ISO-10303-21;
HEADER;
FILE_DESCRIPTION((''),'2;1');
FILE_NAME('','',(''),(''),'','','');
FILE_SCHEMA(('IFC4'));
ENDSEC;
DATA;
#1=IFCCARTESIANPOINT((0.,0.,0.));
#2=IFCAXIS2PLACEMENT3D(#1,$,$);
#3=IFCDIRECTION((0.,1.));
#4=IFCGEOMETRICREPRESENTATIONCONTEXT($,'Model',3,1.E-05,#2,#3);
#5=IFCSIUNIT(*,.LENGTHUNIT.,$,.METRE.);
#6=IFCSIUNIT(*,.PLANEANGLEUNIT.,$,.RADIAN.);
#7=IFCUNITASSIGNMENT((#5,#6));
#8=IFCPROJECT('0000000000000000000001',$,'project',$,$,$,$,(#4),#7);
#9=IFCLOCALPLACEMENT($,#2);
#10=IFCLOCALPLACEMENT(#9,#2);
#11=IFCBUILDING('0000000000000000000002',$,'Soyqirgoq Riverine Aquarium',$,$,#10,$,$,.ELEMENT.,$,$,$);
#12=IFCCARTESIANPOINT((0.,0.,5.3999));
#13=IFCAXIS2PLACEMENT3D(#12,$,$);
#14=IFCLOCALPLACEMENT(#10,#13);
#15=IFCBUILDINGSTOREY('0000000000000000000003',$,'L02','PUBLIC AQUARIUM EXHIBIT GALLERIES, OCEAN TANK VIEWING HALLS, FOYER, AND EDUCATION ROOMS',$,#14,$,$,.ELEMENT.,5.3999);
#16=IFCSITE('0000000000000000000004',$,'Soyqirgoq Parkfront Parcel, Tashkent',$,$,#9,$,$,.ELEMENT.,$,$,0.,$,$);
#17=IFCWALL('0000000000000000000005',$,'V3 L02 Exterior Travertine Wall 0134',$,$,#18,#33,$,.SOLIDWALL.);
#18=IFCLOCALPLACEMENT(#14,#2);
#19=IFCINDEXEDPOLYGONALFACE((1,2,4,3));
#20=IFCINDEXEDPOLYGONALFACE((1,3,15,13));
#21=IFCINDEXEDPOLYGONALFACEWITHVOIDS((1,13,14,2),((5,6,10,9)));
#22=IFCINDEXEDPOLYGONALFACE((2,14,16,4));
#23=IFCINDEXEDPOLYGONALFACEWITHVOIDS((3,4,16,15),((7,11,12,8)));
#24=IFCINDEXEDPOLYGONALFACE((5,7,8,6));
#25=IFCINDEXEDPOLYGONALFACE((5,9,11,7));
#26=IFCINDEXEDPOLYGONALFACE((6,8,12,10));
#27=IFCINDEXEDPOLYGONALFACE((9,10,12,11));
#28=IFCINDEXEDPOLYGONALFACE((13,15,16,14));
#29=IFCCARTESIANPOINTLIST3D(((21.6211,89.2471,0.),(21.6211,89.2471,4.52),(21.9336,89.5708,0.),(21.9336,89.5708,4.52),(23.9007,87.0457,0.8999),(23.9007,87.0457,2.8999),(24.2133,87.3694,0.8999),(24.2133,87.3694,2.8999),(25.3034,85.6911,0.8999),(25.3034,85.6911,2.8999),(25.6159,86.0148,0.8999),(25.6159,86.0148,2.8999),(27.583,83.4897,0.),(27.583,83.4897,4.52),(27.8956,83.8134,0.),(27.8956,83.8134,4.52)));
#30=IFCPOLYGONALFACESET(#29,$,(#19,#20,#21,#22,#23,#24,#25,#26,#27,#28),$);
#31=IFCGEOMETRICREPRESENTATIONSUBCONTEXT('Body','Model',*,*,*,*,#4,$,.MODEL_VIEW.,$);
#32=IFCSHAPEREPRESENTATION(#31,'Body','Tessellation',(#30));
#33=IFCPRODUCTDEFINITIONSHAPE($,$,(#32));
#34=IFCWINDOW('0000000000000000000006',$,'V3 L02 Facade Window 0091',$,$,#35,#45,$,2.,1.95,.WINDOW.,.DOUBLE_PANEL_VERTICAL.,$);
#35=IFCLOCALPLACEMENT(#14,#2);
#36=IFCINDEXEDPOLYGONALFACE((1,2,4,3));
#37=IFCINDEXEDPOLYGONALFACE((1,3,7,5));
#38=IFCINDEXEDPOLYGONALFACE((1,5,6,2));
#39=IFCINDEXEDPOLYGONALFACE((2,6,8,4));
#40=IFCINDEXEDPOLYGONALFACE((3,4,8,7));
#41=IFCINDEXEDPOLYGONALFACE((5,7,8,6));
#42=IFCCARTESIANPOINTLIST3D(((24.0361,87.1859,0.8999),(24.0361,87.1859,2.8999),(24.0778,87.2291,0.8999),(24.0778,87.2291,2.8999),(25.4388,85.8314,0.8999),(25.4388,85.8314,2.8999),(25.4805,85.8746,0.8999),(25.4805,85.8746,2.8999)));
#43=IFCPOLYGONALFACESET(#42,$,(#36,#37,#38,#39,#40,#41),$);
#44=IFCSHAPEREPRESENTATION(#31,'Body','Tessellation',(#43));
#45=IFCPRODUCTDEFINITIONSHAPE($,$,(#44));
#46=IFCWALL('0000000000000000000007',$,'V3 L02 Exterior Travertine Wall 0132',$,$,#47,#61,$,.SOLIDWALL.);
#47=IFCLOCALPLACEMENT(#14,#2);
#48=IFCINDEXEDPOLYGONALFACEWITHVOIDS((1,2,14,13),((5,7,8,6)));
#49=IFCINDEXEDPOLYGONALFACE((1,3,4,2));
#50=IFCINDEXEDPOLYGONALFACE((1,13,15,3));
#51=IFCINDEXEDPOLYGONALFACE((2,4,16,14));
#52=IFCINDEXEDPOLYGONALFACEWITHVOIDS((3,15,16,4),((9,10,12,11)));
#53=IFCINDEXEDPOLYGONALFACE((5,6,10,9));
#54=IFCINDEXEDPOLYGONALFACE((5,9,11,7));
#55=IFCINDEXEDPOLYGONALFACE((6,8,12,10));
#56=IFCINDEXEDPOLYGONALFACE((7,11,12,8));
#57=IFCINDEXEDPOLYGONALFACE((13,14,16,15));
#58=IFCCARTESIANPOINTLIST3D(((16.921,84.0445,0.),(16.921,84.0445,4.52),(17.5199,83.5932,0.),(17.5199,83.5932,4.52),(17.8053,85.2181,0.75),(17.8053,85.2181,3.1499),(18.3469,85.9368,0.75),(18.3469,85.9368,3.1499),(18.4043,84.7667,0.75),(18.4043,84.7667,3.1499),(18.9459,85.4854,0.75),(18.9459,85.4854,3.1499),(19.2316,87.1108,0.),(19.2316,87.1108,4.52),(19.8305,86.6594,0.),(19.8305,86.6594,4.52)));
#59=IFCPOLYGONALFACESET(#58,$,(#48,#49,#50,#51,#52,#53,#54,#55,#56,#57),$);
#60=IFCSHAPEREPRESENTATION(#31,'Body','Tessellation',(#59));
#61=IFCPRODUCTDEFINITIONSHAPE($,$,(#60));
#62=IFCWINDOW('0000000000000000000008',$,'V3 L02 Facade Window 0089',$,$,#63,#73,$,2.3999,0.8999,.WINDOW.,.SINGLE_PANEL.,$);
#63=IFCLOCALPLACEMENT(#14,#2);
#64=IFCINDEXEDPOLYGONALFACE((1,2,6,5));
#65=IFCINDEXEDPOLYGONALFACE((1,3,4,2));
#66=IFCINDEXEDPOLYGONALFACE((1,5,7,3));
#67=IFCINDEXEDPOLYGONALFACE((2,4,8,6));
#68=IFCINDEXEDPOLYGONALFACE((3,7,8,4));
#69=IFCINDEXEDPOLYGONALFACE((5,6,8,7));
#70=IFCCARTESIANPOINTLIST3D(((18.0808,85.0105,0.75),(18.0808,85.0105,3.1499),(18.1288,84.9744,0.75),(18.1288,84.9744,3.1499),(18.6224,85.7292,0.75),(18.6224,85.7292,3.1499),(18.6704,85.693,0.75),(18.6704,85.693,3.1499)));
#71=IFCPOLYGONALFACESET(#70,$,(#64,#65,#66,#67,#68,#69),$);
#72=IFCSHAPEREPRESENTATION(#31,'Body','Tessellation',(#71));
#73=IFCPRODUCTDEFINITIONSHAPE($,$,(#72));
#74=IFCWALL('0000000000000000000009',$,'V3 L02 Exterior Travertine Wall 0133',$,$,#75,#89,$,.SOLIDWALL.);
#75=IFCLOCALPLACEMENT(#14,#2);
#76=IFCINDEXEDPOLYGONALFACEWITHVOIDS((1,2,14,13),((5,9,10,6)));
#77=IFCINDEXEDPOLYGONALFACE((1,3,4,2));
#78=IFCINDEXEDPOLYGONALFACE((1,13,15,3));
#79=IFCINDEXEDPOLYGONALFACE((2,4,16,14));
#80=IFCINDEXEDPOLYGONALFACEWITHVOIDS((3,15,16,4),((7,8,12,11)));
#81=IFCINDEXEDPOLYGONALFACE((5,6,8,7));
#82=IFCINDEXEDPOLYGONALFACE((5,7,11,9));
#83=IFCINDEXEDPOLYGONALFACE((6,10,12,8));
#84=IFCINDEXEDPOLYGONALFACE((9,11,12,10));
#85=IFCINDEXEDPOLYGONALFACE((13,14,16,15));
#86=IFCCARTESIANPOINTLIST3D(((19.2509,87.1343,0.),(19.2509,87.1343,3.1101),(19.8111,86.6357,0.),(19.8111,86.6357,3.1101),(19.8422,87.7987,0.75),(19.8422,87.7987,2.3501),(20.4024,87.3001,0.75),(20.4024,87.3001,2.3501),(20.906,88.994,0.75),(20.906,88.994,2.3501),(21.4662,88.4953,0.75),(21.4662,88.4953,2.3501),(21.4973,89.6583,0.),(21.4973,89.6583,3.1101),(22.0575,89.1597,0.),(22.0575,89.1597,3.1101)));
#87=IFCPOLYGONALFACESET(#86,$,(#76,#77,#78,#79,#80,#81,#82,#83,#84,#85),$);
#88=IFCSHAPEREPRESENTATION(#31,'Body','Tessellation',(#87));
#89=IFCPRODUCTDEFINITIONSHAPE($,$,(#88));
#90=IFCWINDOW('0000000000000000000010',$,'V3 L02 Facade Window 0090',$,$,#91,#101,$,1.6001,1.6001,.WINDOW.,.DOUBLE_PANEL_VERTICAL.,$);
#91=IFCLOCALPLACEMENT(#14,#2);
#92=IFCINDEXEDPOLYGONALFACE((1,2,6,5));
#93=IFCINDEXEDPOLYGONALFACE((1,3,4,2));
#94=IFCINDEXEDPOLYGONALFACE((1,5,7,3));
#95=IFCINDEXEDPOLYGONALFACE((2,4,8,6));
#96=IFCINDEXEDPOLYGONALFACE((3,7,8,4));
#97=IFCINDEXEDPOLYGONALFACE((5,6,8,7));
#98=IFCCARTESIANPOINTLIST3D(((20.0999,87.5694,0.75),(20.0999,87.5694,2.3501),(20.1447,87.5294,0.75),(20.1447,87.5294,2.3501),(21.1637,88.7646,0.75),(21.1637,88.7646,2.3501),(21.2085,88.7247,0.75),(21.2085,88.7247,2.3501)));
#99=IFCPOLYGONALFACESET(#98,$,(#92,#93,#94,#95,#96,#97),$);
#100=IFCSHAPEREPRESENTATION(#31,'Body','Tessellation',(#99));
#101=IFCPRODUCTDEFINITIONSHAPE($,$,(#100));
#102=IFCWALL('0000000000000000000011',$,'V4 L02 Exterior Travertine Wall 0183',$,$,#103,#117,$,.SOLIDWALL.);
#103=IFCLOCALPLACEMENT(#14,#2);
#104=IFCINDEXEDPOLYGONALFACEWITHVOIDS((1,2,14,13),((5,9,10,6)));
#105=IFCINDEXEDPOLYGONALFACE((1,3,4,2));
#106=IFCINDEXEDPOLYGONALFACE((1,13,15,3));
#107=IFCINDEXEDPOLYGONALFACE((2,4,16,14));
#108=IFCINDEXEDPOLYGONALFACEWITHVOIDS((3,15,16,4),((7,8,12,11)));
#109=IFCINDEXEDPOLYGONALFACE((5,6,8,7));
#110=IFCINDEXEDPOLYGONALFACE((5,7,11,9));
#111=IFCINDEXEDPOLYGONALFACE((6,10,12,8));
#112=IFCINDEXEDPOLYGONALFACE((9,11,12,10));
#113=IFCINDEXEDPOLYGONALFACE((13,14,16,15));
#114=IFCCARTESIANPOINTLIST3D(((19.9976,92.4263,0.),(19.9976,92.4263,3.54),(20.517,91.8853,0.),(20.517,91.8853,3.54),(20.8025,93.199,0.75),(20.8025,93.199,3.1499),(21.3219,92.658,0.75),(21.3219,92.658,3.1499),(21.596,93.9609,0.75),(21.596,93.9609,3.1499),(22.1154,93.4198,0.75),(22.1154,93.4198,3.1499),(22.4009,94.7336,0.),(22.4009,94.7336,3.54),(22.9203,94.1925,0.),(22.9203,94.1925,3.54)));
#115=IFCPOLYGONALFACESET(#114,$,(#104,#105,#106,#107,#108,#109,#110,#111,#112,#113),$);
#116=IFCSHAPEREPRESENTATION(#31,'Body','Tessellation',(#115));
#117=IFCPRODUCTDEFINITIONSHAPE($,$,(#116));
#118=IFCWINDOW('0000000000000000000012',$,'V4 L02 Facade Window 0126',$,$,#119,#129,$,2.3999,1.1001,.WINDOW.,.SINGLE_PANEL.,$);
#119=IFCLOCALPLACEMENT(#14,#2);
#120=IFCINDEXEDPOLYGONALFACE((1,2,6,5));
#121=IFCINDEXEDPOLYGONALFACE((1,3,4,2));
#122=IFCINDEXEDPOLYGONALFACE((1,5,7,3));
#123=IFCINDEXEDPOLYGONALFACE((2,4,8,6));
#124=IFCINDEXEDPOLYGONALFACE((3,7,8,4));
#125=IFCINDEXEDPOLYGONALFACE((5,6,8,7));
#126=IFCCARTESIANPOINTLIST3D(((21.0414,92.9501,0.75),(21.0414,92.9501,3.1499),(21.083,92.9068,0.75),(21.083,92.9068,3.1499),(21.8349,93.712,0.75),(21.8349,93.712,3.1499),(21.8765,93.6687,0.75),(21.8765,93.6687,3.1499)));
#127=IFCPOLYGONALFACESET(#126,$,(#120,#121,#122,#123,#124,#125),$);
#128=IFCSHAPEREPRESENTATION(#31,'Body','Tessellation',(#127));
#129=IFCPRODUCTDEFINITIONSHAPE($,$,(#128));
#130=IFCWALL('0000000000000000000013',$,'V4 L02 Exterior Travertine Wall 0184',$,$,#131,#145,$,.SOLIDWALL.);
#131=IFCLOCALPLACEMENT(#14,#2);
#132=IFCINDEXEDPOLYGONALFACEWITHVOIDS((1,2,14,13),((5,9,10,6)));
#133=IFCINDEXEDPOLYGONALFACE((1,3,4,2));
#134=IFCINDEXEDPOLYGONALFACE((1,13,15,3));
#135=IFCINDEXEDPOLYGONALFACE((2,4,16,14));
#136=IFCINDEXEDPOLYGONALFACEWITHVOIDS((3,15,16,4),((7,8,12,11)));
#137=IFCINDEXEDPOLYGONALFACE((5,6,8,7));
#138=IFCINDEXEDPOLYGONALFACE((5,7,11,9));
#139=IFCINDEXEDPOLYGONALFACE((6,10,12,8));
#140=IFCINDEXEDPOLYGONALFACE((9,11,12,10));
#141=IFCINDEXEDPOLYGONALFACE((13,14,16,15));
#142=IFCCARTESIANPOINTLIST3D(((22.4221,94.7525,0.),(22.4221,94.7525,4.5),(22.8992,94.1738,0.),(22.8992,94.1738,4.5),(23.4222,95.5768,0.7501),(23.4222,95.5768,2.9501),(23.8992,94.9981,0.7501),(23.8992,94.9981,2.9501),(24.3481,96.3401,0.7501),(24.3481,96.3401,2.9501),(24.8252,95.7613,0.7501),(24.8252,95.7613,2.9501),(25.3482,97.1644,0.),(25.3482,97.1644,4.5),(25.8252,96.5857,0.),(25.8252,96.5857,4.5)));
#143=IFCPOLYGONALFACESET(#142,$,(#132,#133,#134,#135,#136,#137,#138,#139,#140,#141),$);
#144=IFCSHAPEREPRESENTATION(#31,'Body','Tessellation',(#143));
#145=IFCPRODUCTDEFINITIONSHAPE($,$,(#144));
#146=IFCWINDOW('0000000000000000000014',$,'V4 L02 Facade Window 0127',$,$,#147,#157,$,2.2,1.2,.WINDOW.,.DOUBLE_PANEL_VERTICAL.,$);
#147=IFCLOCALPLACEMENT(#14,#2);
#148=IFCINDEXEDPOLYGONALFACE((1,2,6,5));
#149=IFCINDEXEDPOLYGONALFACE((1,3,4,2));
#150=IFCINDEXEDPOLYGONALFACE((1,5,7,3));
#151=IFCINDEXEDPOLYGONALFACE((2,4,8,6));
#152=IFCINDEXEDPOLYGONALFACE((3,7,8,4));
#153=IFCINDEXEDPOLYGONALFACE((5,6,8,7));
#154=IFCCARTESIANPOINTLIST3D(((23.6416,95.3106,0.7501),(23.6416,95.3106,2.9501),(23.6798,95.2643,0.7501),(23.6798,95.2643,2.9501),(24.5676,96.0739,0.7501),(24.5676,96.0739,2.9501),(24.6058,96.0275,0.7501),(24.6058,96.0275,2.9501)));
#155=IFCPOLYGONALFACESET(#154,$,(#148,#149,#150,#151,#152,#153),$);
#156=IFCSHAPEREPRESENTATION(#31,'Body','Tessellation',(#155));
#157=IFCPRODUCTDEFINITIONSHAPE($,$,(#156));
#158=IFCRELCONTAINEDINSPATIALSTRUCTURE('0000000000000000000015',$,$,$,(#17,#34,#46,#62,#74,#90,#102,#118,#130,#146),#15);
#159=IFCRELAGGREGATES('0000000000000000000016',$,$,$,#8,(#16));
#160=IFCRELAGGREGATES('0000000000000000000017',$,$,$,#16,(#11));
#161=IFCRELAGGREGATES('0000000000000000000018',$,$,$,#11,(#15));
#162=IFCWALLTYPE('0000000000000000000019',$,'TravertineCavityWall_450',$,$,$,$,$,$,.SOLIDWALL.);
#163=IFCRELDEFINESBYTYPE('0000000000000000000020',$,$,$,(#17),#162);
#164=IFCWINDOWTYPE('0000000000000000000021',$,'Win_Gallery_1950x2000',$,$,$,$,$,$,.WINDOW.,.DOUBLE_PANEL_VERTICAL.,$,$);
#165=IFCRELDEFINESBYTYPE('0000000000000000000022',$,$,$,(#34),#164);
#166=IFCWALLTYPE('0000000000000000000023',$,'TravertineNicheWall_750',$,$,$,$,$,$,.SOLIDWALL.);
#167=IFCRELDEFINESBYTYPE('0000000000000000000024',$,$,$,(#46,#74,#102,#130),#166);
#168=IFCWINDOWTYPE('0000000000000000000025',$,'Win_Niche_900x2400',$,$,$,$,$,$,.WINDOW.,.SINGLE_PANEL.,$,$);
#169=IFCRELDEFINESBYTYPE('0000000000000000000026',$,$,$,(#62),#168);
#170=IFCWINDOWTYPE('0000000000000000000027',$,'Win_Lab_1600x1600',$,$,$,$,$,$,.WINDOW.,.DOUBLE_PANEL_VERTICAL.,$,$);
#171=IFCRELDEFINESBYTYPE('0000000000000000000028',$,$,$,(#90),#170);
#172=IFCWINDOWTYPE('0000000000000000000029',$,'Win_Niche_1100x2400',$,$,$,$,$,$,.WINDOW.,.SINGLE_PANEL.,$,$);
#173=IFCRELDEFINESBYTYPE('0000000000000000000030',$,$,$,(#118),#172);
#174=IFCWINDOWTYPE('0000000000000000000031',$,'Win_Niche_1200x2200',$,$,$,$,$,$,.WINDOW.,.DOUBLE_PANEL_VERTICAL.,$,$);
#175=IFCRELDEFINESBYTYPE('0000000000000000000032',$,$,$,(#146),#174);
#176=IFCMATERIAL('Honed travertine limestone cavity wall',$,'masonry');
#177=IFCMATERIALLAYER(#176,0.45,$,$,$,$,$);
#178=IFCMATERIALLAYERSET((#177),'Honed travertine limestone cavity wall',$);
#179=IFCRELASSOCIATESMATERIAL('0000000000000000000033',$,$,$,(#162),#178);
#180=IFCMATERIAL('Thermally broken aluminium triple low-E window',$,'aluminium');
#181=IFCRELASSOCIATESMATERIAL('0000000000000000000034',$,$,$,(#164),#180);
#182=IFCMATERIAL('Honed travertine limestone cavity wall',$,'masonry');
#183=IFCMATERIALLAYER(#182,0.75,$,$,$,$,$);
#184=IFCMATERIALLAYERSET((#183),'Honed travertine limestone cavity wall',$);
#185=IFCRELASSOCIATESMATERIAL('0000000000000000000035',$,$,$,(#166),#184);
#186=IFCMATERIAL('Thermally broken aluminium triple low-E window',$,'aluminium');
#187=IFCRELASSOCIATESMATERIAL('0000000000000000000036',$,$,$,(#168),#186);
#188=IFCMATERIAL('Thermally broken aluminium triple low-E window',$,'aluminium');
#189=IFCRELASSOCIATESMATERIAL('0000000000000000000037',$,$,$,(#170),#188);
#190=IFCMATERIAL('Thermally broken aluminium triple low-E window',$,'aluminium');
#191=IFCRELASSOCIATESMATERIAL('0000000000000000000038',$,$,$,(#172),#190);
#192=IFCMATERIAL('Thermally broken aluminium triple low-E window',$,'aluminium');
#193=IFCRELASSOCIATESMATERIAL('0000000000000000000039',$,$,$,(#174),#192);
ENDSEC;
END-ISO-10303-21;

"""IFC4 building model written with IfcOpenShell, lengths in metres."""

from ifc_helpers import new_model, si_unit, direction, frame, frame_2d, origin, place, context, subcontext, project, spatial, rectangle, extrude, material, layer, layer_set, type_object, element, fill, save


model = new_model("IFC4")

# Units and contexts
model_context = context("Model", 3, precision=1e-05, world=origin(), true_north=direction((0.0, 1.0)))
body_context = subcontext(model_context, "Body", "Model", "MODEL_VIEW")
ifc_project = project(units=[si_unit("LENGTHUNIT", "METRE"), si_unit("PLANEANGLEUNIT", "RADIAN")], contexts=[model_context])

# Site, building, storey
site_placement = place(None, origin())
site = spatial("IfcSite", under=ifc_project, at=site_placement, Name="Soyqirgoq Parkfront Parcel, Tashkent", CompositionType="ELEMENT", RefElevation=0.0)
building_placement = place(site_placement, origin())
building = spatial("IfcBuilding", under=site, at=building_placement, Name="Soyqirgoq Riverine Aquarium", CompositionType="ELEMENT")
storey_placement = place(building_placement, frame((0.0, 0.0, 5.3999)))
storey = spatial("IfcBuildingStorey", under=building, at=storey_placement, Name="L02", Description="PUBLIC AQUARIUM EXHIBIT GALLERIES, OCEAN TANK VIEWING HALLS, FOYER, AND EDUCATION ROOMS", CompositionType="ELEMENT", Elevation=5.3999)

# Walls, openings, windows
ifc_material_1 = material(Name="Honed travertine limestone cavity wall", Category="masonry")
ifc_layer_1 = layer(ifc_material_1, 0.45)
ifc_layer_set_1 = layer_set([ifc_layer_1], Name="Honed travertine limestone cavity wall")
wall_type_1 = type_object("IfcWallType", Name="TravertineCavityWall_450", PredefinedType="SOLIDWALL", material=ifc_layer_set_1)
wall_1_placement = place(storey_placement, frame((21.7773, 89.4089, 0.0), z_axis=(0.0, 0.0, 1.0), x_axis=(0.719342, -0.694657, 0.0)))
wall_1 = element("IfcWall", 1, at=wall_1_placement, inside=storey, type_object=wall_type_1, Name="V3 L02 Exterior Travertine Wall 0134", PredefinedType="SOLIDWALL", context=body_context, shape_type="SweptSolid", body=[
    extrude(rectangle(XDim=8.2881, YDim=0.45, at=frame_2d((4.144, 0.0))), origin(), (0.0, 0.0, 1.0), 4.52),
])
opening_1_placement = place(wall_1_placement, frame((3.1689, 0.0, 0.8999)))
opening_1 = element("IfcOpeningElement", 2, at=opening_1_placement, cuts=wall_1, PredefinedType="OPENING", context=body_context, shape_type="SweptSolid", body=[
    extrude(rectangle(XDim=1.95, YDim=2.0, at=frame_2d((0.9751, 1.0))), frame((0.0, 0.2349, 0.0), z_axis=(0.0, -1.0, 0.0), x_axis=(1.0, 0.0, 0.0)), (0.0, 0.0, 1.0), 0.47),
])
ifc_material_2 = material(Name="Thermally broken aluminium triple low-E window", Category="aluminium")
window_type_1 = type_object("IfcWindowType", Name="Win_Gallery_1950x2000", PartitioningType="DOUBLE_PANEL_VERTICAL", PredefinedType="WINDOW", material=ifc_material_2)
window_1_placement = place(opening_1_placement, origin())
window_1 = element("IfcWindow", 3, at=window_1_placement, inside=storey, type_object=window_type_1, Name="V3 L02 Facade Window 0091", OverallHeight=2.0, OverallWidth=1.95, PartitioningType="DOUBLE_PANEL_VERTICAL", PredefinedType="WINDOW", context=body_context, shape_type="SweptSolid", body=[
    extrude(rectangle(XDim=1.95, YDim=2.0, at=frame_2d((0.9751, 1.0))), frame((0.0, 0.03, 0.0), z_axis=(0.0, -1.0, 0.0), x_axis=(1.0, 0.0, 0.0)), (0.0, 0.0, 1.0), 0.0601),
])
fill(opening_1, window_1)
ifc_material_3 = material(Name="Honed travertine limestone cavity wall", Category="masonry")
ifc_layer_2 = layer(ifc_material_3, 0.75)
ifc_layer_set_2 = layer_set([ifc_layer_2], Name="Honed travertine limestone cavity wall")
wall_type_2 = type_object("IfcWallType", Name="TravertineNicheWall_750", PredefinedType="SOLIDWALL", material=ifc_layer_set_2)
wall_2_placement = place(storey_placement, frame((17.2205, 83.8188, 0.0), z_axis=(0.0, 0.0, 1.0), x_axis=(0.60182, 0.798632, 0.0)))
wall_2 = element("IfcWall", 4, at=wall_2_placement, inside=storey, type_object=wall_type_2, Name="V3 L02 Exterior Travertine Wall 0132", PredefinedType="SOLIDWALL", context=body_context, shape_type="SweptSolid", body=[
    extrude(rectangle(XDim=3.8394, YDim=0.75, at=frame_2d((1.9197, 0.0))), origin(), (0.0, 0.0, 1.0), 4.52),
])
opening_2_placement = place(wall_2_placement, frame((1.4695, 0.0, 0.75)))
opening_2 = element("IfcOpeningElement", 5, at=opening_2_placement, cuts=wall_2, PredefinedType="OPENING", context=body_context, shape_type="SweptSolid", body=[
    extrude(rectangle(XDim=0.8999, YDim=2.3999, at=frame_2d((0.45, 1.2))), frame((0.0, 0.385, 0.0), z_axis=(0.0, -1.0, 0.0), x_axis=(1.0, 0.0, 0.0)), (0.0, 0.0, 1.0), 0.77),
])
ifc_material_4 = material(Name="Thermally broken aluminium triple low-E window", Category="aluminium")
window_type_2 = type_object("IfcWindowType", Name="Win_Niche_900x2400", PartitioningType="SINGLE_PANEL", PredefinedType="WINDOW", material=ifc_material_4)
window_2_placement = place(opening_2_placement, origin())
window_2 = element("IfcWindow", 6, at=window_2_placement, inside=storey, type_object=window_type_2, Name="V3 L02 Facade Window 0089", OverallHeight=2.3999, OverallWidth=0.8999, PartitioningType="SINGLE_PANEL", PredefinedType="WINDOW", context=body_context, shape_type="SweptSolid", body=[
    extrude(rectangle(XDim=0.8999, YDim=2.3999, at=frame_2d((0.45, 1.2))), frame((0.0, 0.03, 0.0), z_axis=(0.0, -1.0, 0.0), x_axis=(1.0, 0.0, 0.0)), (0.0, 0.0, 1.0), 0.0601),
])
fill(opening_2, window_2)
wall_3_placement = place(storey_placement, frame((19.531, 86.885, 0.0), z_axis=(0.0, 0.0, 1.0), x_axis=(0.664835, 0.746991, 0.0)))
wall_3 = element("IfcWall", 7, at=wall_3_placement, inside=storey, type_object=wall_type_2, Name="V3 L02 Exterior Travertine Wall 0133", PredefinedType="SOLIDWALL", context=body_context, shape_type="SweptSolid", body=[
    extrude(rectangle(XDim=3.3789, YDim=0.75, at=frame_2d((1.6895, 0.0))), origin(), (0.0, 0.0, 1.0), 3.1101),
])
opening_3_placement = place(wall_3_placement, frame((0.8894, 0.0, 0.75)))
opening_3 = element("IfcOpeningElement", 8, at=opening_3_placement, cuts=wall_3, PredefinedType="OPENING", context=body_context, shape_type="SweptSolid", body=[
    extrude(rectangle(XDim=1.6001, YDim=1.6001, at=frame_2d((0.8, 0.8))), frame((0.0, 0.385, 0.0), z_axis=(0.0, -1.0, 0.0), x_axis=(1.0, 0.0, 0.0)), (0.0, 0.0, 1.0), 0.77),
])
ifc_material_5 = material(Name="Thermally broken aluminium triple low-E window", Category="aluminium")
window_type_3 = type_object("IfcWindowType", Name="Win_Lab_1600x1600", PartitioningType="DOUBLE_PANEL_VERTICAL", PredefinedType="WINDOW", material=ifc_material_5)
window_3_placement = place(opening_3_placement, origin())
window_3 = element("IfcWindow", 9, at=window_3_placement, inside=storey, type_object=window_type_3, Name="V3 L02 Facade Window 0090", OverallHeight=1.6001, OverallWidth=1.6001, PartitioningType="DOUBLE_PANEL_VERTICAL", PredefinedType="WINDOW", context=body_context, shape_type="SweptSolid", body=[
    extrude(rectangle(XDim=1.6001, YDim=1.6001, at=frame_2d((0.8, 0.8))), frame((0.0, 0.03, 0.0), z_axis=(0.0, -1.0, 0.0), x_axis=(1.0, 0.0, 0.0)), (0.0, 0.0, 1.0), 0.0601),
])
fill(opening_3, window_3)
wall_4_placement = place(storey_placement, frame((20.2573, 92.1558, 0.0), z_axis=(0.0, 0.0, 1.0), x_axis=(0.721359, 0.692561, 0.0)))
wall_4 = element("IfcWall", 10, at=wall_4_placement, inside=storey, type_object=wall_type_2, Name="V4 L02 Exterior Travertine Wall 0183", PredefinedType="SOLIDWALL", context=body_context, shape_type="SweptSolid", body=[
    extrude(rectangle(XDim=3.3315, YDim=0.75, at=frame_2d((1.6658, 0.0))), origin(), (0.0, 0.0, 1.0), 3.54),
])
opening_4_placement = place(wall_4_placement, frame((1.1157, 0.0, 0.75)))
opening_4 = element("IfcOpeningElement", 11, at=opening_4_placement, cuts=wall_4, PredefinedType="OPENING", context=body_context, shape_type="SweptSolid", body=[
    extrude(rectangle(XDim=1.1001, YDim=2.3999, at=frame_2d((0.55, 1.2))), frame((0.0, 0.385, 0.0), z_axis=(0.0, -1.0, 0.0), x_axis=(1.0, 0.0, 0.0)), (0.0, 0.0, 1.0), 0.77),
])
ifc_material_6 = material(Name="Thermally broken aluminium triple low-E window", Category="aluminium")
window_type_4 = type_object("IfcWindowType", Name="Win_Niche_1100x2400", PartitioningType="SINGLE_PANEL", PredefinedType="WINDOW", material=ifc_material_6)
window_4_placement = place(opening_4_placement, origin())
window_4 = element("IfcWindow", 12, at=window_4_placement, inside=storey, type_object=window_type_4, Name="V4 L02 Facade Window 0126", OverallHeight=2.3999, OverallWidth=1.1001, PartitioningType="SINGLE_PANEL", PredefinedType="WINDOW", context=body_context, shape_type="SweptSolid", body=[
    extrude(rectangle(XDim=1.1001, YDim=2.3999, at=frame_2d((0.55, 1.2))), frame((0.0, 0.03, 0.0), z_axis=(0.0, -1.0, 0.0), x_axis=(1.0, 0.0, 0.0)), (0.0, 0.0, 1.0), 0.0601),
])
fill(opening_4, window_4)
wall_5_placement = place(storey_placement, frame((22.6606, 94.4631, 0.0), z_axis=(0.0, 0.0, 1.0), x_axis=(0.771646, 0.636052, 0.0)))
wall_5 = element("IfcWall", 13, at=wall_5_placement, inside=storey, type_object=wall_type_2, Name="V4 L02 Exterior Travertine Wall 0184", PredefinedType="SOLIDWALL", context=body_context, shape_type="SweptSolid", body=[
    extrude(rectangle(XDim=3.792, YDim=0.75, at=frame_2d((1.896, 0.0))), origin(), (0.0, 0.0, 1.0), 4.5),
])
opening_5_placement = place(wall_5_placement, frame((1.2959, 0.0, 0.75)))
opening_5 = element("IfcOpeningElement", 14, at=opening_5_placement, cuts=wall_5, PredefinedType="OPENING", context=body_context, shape_type="SweptSolid", body=[
    extrude(rectangle(XDim=1.2, YDim=2.2, at=frame_2d((0.6001, 1.1001))), frame((0.0, 0.385, 0.0), z_axis=(0.0, -1.0, 0.0), x_axis=(1.0, 0.0, 0.0)), (0.0, 0.0, 1.0), 0.77),
])
ifc_material_7 = material(Name="Thermally broken aluminium triple low-E window", Category="aluminium")
window_type_5 = type_object("IfcWindowType", Name="Win_Niche_1200x2200", PartitioningType="DOUBLE_PANEL_VERTICAL", PredefinedType="WINDOW", material=ifc_material_7)
window_5_placement = place(opening_5_placement, origin())
window_5 = element("IfcWindow", 15, at=window_5_placement, inside=storey, type_object=window_type_5, Name="V4 L02 Facade Window 0127", OverallHeight=2.2, OverallWidth=1.2, PartitioningType="DOUBLE_PANEL_VERTICAL", PredefinedType="WINDOW", context=body_context, shape_type="SweptSolid", body=[
    extrude(rectangle(XDim=1.2, YDim=2.2, at=frame_2d((0.6001, 1.1001))), frame((0.0, 0.03, 0.0), z_axis=(0.0, -1.0, 0.0), x_axis=(1.0, 0.0, 0.0)), (0.0, 0.0, 1.0), 0.0601),
])
fill(opening_5, window_5)

save(model, "model.ifc")
